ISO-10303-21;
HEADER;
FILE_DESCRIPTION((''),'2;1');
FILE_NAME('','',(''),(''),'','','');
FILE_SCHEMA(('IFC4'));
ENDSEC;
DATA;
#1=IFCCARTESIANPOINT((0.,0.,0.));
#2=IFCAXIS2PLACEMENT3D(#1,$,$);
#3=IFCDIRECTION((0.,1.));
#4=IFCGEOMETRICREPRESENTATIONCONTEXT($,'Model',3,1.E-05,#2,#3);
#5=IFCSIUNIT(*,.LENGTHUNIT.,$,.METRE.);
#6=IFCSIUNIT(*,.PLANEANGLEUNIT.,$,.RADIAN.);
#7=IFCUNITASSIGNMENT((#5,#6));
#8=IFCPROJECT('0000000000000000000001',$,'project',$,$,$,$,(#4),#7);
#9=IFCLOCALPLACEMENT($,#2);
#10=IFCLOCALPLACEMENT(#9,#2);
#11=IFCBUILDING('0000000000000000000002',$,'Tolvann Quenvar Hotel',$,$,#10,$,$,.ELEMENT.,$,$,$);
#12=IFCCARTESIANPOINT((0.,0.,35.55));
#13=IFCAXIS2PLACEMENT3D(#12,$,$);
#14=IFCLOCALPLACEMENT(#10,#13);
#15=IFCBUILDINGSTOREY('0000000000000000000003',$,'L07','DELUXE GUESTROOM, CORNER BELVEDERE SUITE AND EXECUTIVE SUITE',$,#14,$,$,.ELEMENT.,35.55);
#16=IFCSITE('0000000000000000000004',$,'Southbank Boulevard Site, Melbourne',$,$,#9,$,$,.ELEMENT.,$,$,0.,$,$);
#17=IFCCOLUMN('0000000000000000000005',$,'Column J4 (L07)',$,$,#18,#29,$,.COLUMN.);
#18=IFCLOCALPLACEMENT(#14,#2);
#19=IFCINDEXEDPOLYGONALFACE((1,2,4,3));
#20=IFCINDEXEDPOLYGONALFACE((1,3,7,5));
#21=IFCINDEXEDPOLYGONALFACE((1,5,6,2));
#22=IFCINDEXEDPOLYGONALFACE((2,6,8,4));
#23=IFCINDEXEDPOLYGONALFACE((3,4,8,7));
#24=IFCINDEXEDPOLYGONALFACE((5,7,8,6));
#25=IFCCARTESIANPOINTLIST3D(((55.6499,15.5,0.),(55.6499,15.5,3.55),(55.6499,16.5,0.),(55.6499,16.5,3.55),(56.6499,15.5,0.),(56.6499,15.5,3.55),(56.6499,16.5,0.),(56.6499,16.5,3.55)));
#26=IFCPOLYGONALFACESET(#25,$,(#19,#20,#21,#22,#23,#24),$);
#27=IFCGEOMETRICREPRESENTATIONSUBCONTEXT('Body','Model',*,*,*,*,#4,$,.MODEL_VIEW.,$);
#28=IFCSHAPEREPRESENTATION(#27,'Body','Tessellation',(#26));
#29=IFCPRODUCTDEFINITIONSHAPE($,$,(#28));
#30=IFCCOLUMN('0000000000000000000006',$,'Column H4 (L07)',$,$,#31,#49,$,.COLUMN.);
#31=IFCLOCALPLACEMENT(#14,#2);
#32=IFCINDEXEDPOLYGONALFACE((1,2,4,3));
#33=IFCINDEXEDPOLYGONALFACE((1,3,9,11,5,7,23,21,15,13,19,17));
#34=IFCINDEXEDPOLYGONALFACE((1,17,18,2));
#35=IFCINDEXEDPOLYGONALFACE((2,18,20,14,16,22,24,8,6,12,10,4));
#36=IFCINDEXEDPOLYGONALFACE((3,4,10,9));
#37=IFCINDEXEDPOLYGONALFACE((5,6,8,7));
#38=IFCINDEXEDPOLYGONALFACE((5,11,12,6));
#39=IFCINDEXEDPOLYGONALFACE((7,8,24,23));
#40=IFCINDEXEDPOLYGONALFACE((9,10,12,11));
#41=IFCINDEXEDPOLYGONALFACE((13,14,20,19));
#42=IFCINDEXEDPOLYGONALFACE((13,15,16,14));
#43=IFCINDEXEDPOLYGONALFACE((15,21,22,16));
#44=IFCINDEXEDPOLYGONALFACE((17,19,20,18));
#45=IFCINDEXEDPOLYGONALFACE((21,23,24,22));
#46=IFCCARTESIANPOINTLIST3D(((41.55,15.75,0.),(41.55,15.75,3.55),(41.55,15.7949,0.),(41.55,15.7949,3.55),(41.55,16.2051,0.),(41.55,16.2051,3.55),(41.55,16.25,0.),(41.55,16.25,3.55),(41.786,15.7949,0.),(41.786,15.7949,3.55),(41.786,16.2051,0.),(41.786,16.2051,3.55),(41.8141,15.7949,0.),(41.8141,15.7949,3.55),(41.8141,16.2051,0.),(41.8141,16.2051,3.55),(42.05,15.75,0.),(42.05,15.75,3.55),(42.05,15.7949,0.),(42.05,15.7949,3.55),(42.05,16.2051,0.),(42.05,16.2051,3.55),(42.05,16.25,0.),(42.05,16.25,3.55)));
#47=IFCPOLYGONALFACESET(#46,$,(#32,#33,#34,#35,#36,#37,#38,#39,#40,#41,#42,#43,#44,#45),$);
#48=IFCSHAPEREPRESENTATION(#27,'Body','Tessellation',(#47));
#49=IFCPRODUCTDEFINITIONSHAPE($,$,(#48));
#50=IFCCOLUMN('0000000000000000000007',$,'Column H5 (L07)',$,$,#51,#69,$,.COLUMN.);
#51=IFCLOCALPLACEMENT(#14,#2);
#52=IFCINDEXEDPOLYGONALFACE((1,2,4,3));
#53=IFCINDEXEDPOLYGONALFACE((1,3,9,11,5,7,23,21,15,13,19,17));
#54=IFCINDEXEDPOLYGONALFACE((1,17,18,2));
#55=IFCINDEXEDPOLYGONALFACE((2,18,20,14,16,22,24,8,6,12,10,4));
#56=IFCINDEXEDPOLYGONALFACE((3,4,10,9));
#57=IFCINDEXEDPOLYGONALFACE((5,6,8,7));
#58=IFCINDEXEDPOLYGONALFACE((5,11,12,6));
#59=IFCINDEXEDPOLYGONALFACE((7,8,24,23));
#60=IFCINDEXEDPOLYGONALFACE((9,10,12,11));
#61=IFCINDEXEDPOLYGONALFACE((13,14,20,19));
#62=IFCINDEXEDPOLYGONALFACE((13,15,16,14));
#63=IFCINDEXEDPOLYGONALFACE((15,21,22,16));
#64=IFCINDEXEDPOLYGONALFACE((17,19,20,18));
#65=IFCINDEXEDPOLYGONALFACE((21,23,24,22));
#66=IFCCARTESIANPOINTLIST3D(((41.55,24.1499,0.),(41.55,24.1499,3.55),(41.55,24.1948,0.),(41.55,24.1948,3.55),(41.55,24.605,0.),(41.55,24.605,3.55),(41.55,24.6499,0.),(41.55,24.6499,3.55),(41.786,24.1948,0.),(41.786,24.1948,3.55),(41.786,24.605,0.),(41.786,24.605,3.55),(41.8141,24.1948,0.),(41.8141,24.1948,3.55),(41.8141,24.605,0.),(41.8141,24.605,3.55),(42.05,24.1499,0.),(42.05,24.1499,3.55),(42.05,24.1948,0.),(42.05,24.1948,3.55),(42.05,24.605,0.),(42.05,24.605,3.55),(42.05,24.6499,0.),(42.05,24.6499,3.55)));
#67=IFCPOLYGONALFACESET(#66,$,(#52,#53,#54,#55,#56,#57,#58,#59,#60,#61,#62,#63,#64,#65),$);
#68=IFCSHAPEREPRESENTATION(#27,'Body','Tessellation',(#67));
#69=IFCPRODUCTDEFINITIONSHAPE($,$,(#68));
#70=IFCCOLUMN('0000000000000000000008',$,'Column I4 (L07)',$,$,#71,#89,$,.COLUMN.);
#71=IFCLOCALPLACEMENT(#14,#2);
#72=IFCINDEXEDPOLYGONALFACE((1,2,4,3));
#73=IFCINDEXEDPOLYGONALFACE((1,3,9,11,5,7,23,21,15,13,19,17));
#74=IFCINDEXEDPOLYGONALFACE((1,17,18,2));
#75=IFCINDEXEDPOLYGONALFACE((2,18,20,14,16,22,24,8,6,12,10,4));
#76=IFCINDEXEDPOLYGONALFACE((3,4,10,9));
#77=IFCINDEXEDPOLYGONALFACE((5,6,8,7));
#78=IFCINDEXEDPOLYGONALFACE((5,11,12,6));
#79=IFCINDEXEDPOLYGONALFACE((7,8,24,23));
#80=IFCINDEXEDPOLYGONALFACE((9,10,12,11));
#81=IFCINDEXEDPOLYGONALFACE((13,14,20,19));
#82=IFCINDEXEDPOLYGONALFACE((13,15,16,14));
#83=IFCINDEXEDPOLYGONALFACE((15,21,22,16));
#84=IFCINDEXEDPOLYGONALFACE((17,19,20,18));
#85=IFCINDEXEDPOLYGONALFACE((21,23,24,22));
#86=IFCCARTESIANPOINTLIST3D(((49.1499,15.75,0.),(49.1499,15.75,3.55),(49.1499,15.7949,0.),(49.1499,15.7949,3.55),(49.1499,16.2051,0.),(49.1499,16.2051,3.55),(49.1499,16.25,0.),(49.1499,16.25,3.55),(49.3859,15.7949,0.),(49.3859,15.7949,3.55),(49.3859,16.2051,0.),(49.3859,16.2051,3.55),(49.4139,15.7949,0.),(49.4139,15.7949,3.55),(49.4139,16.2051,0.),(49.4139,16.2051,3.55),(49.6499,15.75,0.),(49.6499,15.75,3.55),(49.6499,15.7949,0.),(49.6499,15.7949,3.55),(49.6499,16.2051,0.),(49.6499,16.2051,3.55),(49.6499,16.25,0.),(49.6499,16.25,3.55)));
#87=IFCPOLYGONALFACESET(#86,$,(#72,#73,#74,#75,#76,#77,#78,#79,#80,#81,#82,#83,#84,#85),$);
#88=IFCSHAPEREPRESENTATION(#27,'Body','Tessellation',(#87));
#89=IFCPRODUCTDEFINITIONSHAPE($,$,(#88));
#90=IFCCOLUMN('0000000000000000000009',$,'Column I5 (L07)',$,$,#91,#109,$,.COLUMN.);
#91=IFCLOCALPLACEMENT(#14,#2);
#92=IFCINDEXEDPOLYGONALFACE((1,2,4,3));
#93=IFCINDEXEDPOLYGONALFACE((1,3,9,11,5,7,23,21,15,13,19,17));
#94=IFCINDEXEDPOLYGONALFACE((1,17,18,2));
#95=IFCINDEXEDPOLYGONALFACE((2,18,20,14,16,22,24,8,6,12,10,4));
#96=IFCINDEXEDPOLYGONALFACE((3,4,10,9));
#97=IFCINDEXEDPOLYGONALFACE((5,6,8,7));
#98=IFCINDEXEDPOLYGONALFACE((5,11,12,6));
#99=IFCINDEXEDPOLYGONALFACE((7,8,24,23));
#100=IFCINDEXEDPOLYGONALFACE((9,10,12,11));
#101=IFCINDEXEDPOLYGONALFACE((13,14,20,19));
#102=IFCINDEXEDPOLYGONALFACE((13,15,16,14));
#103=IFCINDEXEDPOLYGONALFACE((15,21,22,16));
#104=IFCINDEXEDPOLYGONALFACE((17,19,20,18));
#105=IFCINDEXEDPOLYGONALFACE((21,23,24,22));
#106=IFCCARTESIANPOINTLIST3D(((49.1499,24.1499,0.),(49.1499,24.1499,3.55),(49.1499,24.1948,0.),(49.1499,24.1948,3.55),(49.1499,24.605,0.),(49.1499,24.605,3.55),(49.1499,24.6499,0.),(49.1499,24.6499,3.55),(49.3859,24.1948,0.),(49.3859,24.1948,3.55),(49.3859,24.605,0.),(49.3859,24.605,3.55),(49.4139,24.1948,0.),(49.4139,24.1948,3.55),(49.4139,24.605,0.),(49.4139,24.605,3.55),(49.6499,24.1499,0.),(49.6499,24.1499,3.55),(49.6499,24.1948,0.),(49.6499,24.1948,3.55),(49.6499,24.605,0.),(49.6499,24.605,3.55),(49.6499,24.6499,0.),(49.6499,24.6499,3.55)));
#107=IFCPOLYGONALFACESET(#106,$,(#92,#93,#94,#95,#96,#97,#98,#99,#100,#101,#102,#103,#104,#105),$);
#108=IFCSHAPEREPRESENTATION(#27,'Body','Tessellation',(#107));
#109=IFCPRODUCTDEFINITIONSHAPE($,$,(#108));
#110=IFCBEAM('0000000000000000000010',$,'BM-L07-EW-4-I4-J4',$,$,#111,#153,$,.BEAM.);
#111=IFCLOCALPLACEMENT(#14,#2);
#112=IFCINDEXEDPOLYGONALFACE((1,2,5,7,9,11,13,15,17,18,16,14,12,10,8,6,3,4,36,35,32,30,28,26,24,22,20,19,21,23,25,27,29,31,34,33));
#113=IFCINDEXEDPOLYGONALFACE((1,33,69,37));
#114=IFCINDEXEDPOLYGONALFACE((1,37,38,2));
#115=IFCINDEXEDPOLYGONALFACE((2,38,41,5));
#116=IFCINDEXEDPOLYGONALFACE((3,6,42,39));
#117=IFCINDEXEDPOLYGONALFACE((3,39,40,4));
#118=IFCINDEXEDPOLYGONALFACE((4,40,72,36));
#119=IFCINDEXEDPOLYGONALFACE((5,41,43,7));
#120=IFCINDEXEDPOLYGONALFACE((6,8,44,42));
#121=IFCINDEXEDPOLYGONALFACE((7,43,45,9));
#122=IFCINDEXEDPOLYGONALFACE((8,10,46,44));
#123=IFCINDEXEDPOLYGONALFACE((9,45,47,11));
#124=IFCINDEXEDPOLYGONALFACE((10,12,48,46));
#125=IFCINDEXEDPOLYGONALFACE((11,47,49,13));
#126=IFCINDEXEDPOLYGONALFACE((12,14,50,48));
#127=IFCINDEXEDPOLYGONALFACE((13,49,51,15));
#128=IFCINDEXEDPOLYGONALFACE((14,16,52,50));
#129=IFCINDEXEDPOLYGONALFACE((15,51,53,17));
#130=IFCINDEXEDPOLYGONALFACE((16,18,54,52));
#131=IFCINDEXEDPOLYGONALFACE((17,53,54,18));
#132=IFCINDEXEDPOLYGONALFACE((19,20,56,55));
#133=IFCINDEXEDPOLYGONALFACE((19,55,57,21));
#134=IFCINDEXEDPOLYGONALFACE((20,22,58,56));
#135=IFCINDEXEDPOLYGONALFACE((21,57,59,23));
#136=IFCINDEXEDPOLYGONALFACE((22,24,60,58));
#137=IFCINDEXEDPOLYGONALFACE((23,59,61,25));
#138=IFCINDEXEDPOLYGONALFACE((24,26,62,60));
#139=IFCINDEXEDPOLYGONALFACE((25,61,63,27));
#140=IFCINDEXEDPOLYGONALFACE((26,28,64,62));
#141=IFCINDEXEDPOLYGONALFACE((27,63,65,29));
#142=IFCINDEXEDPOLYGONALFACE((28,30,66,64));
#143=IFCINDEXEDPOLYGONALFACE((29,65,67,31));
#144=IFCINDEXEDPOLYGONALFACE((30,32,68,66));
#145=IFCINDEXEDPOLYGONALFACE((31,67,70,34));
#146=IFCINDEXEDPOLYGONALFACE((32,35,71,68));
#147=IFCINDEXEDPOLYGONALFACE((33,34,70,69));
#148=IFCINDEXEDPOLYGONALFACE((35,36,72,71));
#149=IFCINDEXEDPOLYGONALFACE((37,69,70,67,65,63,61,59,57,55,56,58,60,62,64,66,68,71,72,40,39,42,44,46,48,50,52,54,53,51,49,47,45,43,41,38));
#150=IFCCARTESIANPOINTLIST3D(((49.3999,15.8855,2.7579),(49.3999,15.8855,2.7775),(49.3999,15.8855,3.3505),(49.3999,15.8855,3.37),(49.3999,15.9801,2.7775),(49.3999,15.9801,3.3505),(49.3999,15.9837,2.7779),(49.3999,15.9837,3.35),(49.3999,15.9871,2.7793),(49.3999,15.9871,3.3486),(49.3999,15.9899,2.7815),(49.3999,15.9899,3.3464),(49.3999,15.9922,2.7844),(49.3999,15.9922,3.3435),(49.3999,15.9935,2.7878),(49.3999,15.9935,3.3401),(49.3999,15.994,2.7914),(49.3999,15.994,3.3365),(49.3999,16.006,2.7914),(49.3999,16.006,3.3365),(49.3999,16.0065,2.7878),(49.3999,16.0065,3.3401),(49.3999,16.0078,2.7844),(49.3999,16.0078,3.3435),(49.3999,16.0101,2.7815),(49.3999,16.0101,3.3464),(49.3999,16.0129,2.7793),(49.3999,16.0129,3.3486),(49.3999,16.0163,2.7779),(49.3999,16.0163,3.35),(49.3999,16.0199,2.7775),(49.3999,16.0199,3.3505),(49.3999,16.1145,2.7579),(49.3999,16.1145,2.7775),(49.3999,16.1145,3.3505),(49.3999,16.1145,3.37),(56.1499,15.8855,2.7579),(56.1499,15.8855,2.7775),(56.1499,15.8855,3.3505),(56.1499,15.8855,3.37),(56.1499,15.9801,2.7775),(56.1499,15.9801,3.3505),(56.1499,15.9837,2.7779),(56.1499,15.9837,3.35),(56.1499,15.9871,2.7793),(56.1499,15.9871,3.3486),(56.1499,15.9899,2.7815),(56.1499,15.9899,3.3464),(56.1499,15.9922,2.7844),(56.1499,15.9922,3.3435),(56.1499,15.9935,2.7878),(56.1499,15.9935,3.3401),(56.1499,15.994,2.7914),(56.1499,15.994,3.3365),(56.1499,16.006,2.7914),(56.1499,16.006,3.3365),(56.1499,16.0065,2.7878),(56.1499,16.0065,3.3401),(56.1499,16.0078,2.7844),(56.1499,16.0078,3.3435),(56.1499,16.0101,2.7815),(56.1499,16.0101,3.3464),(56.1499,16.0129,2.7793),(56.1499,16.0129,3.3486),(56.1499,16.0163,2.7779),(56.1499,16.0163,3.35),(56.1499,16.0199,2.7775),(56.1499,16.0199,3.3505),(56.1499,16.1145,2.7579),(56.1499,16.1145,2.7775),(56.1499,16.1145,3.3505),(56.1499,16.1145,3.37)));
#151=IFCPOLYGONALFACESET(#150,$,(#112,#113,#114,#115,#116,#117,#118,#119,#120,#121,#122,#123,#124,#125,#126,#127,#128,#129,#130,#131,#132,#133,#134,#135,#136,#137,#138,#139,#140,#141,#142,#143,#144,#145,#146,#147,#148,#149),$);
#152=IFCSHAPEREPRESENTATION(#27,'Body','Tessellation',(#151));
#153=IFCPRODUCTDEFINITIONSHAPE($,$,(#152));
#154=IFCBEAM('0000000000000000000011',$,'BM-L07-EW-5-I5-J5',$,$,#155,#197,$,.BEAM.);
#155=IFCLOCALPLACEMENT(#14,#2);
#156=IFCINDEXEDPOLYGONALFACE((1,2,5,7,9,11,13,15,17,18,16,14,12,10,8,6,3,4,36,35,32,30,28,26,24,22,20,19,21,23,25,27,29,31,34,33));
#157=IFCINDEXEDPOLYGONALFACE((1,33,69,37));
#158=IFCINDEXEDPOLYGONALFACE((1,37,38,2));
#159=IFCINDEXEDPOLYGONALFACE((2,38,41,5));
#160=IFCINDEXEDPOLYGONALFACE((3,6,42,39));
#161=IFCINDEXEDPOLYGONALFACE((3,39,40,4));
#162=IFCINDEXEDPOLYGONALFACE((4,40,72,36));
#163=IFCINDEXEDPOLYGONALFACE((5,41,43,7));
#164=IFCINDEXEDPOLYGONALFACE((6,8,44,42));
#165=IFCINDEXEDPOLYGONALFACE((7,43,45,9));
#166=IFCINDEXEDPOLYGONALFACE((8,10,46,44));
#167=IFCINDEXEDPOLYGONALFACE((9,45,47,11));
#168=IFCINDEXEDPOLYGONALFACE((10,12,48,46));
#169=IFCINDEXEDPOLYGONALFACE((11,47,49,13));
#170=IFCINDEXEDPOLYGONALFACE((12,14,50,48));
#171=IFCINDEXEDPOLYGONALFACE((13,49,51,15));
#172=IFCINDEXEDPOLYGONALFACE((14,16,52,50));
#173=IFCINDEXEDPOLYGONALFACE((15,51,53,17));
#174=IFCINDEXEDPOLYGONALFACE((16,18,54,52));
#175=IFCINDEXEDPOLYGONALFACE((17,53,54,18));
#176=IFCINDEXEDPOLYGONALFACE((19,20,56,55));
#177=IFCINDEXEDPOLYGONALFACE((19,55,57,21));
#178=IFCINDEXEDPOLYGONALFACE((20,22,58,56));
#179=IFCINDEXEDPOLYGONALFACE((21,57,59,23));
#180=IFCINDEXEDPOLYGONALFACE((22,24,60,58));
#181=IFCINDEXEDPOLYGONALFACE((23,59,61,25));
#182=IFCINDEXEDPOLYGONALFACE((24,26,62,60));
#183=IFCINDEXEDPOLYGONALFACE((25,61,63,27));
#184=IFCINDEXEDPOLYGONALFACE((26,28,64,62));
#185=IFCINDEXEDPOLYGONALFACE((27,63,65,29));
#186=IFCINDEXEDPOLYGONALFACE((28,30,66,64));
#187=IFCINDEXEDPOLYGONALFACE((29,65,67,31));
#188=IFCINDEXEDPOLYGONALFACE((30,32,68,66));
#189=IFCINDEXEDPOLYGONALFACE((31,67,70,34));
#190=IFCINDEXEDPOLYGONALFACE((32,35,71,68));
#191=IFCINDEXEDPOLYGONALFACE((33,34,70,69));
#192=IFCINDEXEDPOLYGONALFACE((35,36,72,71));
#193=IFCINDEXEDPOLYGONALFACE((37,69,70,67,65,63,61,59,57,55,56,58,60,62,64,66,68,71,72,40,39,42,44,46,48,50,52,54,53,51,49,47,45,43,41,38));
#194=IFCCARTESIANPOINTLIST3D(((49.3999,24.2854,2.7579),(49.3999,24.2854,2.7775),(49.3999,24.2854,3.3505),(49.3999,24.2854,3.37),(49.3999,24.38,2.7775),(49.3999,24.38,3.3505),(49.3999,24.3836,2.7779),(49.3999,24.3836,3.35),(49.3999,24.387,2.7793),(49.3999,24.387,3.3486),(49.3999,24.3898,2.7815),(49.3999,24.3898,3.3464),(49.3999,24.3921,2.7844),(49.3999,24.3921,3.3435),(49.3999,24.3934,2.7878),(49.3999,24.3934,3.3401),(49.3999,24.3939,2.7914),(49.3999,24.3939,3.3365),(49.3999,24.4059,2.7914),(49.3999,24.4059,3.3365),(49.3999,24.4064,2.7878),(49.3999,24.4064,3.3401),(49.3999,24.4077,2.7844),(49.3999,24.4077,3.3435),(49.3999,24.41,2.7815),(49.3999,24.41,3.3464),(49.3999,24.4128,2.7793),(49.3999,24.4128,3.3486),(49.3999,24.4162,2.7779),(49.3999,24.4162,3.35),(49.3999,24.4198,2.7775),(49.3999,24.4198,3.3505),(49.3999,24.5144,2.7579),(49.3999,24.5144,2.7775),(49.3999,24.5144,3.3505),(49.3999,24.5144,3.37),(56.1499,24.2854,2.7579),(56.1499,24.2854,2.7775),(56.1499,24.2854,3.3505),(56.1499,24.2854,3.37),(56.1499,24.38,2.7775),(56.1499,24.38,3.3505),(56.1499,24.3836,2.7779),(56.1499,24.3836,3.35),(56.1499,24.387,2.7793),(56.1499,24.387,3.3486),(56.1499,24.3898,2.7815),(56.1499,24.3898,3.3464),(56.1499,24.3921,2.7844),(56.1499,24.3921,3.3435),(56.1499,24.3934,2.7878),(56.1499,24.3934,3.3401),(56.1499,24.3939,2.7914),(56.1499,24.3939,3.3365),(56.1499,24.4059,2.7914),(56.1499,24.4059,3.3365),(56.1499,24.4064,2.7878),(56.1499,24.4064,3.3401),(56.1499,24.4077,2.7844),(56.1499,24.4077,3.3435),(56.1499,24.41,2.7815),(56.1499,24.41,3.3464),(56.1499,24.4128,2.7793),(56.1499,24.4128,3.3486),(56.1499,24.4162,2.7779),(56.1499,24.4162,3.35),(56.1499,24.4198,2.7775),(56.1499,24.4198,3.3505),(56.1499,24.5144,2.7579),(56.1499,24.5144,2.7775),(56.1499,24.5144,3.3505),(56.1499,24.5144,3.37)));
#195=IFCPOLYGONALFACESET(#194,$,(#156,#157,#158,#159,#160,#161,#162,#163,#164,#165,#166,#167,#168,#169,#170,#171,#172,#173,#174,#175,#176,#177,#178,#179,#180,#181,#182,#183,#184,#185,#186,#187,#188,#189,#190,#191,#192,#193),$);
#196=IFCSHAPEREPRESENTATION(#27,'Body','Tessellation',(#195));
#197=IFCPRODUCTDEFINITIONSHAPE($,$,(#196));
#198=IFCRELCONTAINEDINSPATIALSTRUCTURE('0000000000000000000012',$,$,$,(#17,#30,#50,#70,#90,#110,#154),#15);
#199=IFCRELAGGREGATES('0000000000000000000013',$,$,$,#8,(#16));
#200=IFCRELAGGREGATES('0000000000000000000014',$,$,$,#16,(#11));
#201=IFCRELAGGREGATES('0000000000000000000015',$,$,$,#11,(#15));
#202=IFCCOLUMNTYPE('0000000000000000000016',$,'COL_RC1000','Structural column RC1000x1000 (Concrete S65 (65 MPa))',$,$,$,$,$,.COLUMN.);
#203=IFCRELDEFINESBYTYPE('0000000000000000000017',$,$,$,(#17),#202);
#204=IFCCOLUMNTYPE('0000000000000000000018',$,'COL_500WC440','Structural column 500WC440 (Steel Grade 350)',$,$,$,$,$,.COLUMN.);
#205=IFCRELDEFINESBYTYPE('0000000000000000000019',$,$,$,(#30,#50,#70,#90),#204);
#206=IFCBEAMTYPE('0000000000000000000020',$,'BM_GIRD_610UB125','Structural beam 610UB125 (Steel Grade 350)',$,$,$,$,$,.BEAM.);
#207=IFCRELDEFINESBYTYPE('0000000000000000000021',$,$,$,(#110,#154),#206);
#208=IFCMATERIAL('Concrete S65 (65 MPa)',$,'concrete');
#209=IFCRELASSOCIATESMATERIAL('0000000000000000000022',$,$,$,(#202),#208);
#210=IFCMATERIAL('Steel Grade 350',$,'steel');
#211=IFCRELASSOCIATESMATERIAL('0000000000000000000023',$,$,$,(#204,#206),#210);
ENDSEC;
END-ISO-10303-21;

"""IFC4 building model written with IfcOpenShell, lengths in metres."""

from ifc_helpers import new_model, si_unit, direction, frame, origin, origin_2d, place, context, subcontext, project, spatial, rectangle, i_section, extrude, source, transform, mapped, material, material_profile, profile_set, type_object, type_shapes, element, save


model = new_model("IFC4")

# Units and contexts
model_context = context("Model", 3, precision=1e-05, world=origin(), true_north=direction((0.0, 1.0)))
body_context = subcontext(model_context, "Body", "Model", "MODEL_VIEW")
ifc_project = project(units=[si_unit("LENGTHUNIT", "METRE"), si_unit("PLANEANGLEUNIT", "RADIAN")], contexts=[model_context])

# Site, building, storey
site_placement = place(None, origin())
site = spatial("IfcSite", under=ifc_project, at=site_placement, Name="Southbank Boulevard Site, Melbourne", CompositionType="ELEMENT", RefElevation=0.0)
building_placement = place(site_placement, origin())
building = spatial("IfcBuilding", under=site, at=building_placement, Name="Tolvann Quenvar Hotel", CompositionType="ELEMENT")
storey_placement = place(building_placement, frame((0.0, 0.0, 35.55)))
storey = spatial("IfcBuildingStorey", under=building, at=storey_placement, Name="L07", Description="DELUXE GUESTROOM, CORNER BELVEDERE SUITE AND EXECUTIVE SUITE", CompositionType="ELEMENT", Elevation=35.55)

# Columns
ifc_material_1 = material(Name="Concrete S65 (65 MPa)", Category="concrete")
ifc_material_profile_1 = material_profile(ifc_material_1, rectangle(XDim=1.0, YDim=1.0, at=origin_2d()), Name="RC1000x1000")
ifc_profile_set_1 = profile_set([ifc_material_profile_1], Name="Concrete S65 (65 MPa)")
column_type_1 = type_object("IfcColumnType", Name="COL_RC1000", Description="Structural column RC1000x1000 (Concrete S65 (65 MPa))", PredefinedType="COLUMN", material=ifc_profile_set_1)
shared_shape_1 = source(origin(), body_context, "Body", "SweptSolid", [
    extrude(rectangle(XDim=1.0, YDim=1.0, at=origin_2d()), origin(), (0.0, 0.0, 1.0), 3.55),
])
type_shapes(column_type_1, [shared_shape_1])
column_placement = place(storey_placement, frame((56.1499, 16.0, 0.0), z_axis=(0.0, 0.0, 1.0), x_axis=(1.0, 0.0, 0.0)))
element("IfcColumn", 1, at=column_placement, inside=storey, type_object=column_type_1, Name="Column J4 (L07)", PredefinedType="COLUMN", context=body_context, shape_type="MappedRepresentation", body=[
    mapped(shared_shape_1, transform((0.0, 0.0, 0.0), x_axis=(1.0, 0.0, 0.0), y_axis=(0.0, 1.0, 0.0), z_axis=(0.0, 0.0, 1.0), scale=1.0)),
])
ifc_material_2 = material(Name="Steel Grade 350", Category="steel")
ifc_material_profile_2 = material_profile(ifc_material_2, i_section(OverallWidth=0.5, OverallDepth=0.5, WebThickness=0.0281, FlangeThickness=0.0449, at=origin_2d()), Name="500WC440")
ifc_profile_set_2 = profile_set([ifc_material_profile_2], Name="Steel Grade 350")
column_type_2 = type_object("IfcColumnType", Name="COL_500WC440", Description="Structural column 500WC440 (Steel Grade 350)", PredefinedType="COLUMN", material=ifc_profile_set_2)
shared_shape_2 = source(origin(), body_context, "Body", "SweptSolid", [
    extrude(i_section(OverallWidth=0.5, OverallDepth=0.5, WebThickness=0.0281, FlangeThickness=0.0449, at=origin_2d()), origin(), (0.0, 0.0, 1.0), 3.55),
])
type_shapes(column_type_2, [shared_shape_2])
for number, where, z_axis, x_axis, name in (
    (2, (41.8, 16.0, 0.0), (0.0, 0.0, 1.0), (1.0, 0.0, 0.0), "Column H4 (L07)"),
    (3, (41.8, 24.3999, 0.0), (0.0, 0.0, 1.0), (1.0, 0.0, 0.0), "Column H5 (L07)"),
    (4, (49.3999, 16.0, 0.0), (0.0, 0.0, 1.0), (1.0, 0.0, 0.0), "Column I4 (L07)"),
    (5, (49.3999, 24.3999, 0.0), (0.0, 0.0, 1.0), (1.0, 0.0, 0.0), "Column I5 (L07)"),
):
    element("IfcColumn", number, at=place(storey_placement, frame(where, z_axis=z_axis, x_axis=x_axis)), inside=storey, type_object=column_type_2, Name=name, PredefinedType="COLUMN", context=body_context, shape_type="MappedRepresentation", body=[
        mapped(shared_shape_2, transform((0.0, 0.0, 0.0), x_axis=(1.0, 0.0, 0.0), y_axis=(0.0, 1.0, 0.0), z_axis=(0.0, 0.0, 1.0), scale=1.0)),
    ])

# Beams
ifc_material_profile_3 = material_profile(ifc_material_2, i_section(OverallWidth=0.229, OverallDepth=0.6121, WebThickness=0.012, FlangeThickness=0.0195, FilletRadius=0.0139, at=origin_2d()), Name="610UB125")
ifc_profile_set_3 = profile_set([ifc_material_profile_3], Name="Steel Grade 350")
beam_type_1 = type_object("IfcBeamType", Name="BM_GIRD_610UB125", Description="Structural beam 610UB125 (Steel Grade 350)", PredefinedType="BEAM", material=ifc_profile_set_3)
shared_shape_3 = source(origin(), body_context, "Body", "SweptSolid", [
    extrude(i_section(OverallWidth=0.229, OverallDepth=0.6121, WebThickness=0.012, FlangeThickness=0.0195, FilletRadius=0.0139, at=origin_2d()), origin(), (0.0, 0.0, 1.0), 6.75),
])
for number, where, z_axis, x_axis, name in (
    (6, (49.3999, 16.0, 3.064), (1.0, 0.0, 0.0), (0.0, 1.0, 0.0), "BM-L07-EW-4-I4-J4"),
    (7, (49.3999, 24.3999, 3.064), (1.0, 0.0, 0.0), (0.0, 1.0, 0.0), "BM-L07-EW-5-I5-J5"),
):
    element("IfcBeam", number, at=place(storey_placement, frame(where, z_axis=z_axis, x_axis=x_axis)), inside=storey, type_object=beam_type_1, Name=name, PredefinedType="BEAM", context=body_context, shape_type="MappedRepresentation", body=[
        mapped(shared_shape_3, transform((0.0, 0.0, 0.0), x_axis=(1.0, 0.0, 0.0), y_axis=(0.0, 1.0, 0.0), z_axis=(0.0, 0.0, 1.0), scale=1.0)),
    ])

save(model, "model.ifc")
